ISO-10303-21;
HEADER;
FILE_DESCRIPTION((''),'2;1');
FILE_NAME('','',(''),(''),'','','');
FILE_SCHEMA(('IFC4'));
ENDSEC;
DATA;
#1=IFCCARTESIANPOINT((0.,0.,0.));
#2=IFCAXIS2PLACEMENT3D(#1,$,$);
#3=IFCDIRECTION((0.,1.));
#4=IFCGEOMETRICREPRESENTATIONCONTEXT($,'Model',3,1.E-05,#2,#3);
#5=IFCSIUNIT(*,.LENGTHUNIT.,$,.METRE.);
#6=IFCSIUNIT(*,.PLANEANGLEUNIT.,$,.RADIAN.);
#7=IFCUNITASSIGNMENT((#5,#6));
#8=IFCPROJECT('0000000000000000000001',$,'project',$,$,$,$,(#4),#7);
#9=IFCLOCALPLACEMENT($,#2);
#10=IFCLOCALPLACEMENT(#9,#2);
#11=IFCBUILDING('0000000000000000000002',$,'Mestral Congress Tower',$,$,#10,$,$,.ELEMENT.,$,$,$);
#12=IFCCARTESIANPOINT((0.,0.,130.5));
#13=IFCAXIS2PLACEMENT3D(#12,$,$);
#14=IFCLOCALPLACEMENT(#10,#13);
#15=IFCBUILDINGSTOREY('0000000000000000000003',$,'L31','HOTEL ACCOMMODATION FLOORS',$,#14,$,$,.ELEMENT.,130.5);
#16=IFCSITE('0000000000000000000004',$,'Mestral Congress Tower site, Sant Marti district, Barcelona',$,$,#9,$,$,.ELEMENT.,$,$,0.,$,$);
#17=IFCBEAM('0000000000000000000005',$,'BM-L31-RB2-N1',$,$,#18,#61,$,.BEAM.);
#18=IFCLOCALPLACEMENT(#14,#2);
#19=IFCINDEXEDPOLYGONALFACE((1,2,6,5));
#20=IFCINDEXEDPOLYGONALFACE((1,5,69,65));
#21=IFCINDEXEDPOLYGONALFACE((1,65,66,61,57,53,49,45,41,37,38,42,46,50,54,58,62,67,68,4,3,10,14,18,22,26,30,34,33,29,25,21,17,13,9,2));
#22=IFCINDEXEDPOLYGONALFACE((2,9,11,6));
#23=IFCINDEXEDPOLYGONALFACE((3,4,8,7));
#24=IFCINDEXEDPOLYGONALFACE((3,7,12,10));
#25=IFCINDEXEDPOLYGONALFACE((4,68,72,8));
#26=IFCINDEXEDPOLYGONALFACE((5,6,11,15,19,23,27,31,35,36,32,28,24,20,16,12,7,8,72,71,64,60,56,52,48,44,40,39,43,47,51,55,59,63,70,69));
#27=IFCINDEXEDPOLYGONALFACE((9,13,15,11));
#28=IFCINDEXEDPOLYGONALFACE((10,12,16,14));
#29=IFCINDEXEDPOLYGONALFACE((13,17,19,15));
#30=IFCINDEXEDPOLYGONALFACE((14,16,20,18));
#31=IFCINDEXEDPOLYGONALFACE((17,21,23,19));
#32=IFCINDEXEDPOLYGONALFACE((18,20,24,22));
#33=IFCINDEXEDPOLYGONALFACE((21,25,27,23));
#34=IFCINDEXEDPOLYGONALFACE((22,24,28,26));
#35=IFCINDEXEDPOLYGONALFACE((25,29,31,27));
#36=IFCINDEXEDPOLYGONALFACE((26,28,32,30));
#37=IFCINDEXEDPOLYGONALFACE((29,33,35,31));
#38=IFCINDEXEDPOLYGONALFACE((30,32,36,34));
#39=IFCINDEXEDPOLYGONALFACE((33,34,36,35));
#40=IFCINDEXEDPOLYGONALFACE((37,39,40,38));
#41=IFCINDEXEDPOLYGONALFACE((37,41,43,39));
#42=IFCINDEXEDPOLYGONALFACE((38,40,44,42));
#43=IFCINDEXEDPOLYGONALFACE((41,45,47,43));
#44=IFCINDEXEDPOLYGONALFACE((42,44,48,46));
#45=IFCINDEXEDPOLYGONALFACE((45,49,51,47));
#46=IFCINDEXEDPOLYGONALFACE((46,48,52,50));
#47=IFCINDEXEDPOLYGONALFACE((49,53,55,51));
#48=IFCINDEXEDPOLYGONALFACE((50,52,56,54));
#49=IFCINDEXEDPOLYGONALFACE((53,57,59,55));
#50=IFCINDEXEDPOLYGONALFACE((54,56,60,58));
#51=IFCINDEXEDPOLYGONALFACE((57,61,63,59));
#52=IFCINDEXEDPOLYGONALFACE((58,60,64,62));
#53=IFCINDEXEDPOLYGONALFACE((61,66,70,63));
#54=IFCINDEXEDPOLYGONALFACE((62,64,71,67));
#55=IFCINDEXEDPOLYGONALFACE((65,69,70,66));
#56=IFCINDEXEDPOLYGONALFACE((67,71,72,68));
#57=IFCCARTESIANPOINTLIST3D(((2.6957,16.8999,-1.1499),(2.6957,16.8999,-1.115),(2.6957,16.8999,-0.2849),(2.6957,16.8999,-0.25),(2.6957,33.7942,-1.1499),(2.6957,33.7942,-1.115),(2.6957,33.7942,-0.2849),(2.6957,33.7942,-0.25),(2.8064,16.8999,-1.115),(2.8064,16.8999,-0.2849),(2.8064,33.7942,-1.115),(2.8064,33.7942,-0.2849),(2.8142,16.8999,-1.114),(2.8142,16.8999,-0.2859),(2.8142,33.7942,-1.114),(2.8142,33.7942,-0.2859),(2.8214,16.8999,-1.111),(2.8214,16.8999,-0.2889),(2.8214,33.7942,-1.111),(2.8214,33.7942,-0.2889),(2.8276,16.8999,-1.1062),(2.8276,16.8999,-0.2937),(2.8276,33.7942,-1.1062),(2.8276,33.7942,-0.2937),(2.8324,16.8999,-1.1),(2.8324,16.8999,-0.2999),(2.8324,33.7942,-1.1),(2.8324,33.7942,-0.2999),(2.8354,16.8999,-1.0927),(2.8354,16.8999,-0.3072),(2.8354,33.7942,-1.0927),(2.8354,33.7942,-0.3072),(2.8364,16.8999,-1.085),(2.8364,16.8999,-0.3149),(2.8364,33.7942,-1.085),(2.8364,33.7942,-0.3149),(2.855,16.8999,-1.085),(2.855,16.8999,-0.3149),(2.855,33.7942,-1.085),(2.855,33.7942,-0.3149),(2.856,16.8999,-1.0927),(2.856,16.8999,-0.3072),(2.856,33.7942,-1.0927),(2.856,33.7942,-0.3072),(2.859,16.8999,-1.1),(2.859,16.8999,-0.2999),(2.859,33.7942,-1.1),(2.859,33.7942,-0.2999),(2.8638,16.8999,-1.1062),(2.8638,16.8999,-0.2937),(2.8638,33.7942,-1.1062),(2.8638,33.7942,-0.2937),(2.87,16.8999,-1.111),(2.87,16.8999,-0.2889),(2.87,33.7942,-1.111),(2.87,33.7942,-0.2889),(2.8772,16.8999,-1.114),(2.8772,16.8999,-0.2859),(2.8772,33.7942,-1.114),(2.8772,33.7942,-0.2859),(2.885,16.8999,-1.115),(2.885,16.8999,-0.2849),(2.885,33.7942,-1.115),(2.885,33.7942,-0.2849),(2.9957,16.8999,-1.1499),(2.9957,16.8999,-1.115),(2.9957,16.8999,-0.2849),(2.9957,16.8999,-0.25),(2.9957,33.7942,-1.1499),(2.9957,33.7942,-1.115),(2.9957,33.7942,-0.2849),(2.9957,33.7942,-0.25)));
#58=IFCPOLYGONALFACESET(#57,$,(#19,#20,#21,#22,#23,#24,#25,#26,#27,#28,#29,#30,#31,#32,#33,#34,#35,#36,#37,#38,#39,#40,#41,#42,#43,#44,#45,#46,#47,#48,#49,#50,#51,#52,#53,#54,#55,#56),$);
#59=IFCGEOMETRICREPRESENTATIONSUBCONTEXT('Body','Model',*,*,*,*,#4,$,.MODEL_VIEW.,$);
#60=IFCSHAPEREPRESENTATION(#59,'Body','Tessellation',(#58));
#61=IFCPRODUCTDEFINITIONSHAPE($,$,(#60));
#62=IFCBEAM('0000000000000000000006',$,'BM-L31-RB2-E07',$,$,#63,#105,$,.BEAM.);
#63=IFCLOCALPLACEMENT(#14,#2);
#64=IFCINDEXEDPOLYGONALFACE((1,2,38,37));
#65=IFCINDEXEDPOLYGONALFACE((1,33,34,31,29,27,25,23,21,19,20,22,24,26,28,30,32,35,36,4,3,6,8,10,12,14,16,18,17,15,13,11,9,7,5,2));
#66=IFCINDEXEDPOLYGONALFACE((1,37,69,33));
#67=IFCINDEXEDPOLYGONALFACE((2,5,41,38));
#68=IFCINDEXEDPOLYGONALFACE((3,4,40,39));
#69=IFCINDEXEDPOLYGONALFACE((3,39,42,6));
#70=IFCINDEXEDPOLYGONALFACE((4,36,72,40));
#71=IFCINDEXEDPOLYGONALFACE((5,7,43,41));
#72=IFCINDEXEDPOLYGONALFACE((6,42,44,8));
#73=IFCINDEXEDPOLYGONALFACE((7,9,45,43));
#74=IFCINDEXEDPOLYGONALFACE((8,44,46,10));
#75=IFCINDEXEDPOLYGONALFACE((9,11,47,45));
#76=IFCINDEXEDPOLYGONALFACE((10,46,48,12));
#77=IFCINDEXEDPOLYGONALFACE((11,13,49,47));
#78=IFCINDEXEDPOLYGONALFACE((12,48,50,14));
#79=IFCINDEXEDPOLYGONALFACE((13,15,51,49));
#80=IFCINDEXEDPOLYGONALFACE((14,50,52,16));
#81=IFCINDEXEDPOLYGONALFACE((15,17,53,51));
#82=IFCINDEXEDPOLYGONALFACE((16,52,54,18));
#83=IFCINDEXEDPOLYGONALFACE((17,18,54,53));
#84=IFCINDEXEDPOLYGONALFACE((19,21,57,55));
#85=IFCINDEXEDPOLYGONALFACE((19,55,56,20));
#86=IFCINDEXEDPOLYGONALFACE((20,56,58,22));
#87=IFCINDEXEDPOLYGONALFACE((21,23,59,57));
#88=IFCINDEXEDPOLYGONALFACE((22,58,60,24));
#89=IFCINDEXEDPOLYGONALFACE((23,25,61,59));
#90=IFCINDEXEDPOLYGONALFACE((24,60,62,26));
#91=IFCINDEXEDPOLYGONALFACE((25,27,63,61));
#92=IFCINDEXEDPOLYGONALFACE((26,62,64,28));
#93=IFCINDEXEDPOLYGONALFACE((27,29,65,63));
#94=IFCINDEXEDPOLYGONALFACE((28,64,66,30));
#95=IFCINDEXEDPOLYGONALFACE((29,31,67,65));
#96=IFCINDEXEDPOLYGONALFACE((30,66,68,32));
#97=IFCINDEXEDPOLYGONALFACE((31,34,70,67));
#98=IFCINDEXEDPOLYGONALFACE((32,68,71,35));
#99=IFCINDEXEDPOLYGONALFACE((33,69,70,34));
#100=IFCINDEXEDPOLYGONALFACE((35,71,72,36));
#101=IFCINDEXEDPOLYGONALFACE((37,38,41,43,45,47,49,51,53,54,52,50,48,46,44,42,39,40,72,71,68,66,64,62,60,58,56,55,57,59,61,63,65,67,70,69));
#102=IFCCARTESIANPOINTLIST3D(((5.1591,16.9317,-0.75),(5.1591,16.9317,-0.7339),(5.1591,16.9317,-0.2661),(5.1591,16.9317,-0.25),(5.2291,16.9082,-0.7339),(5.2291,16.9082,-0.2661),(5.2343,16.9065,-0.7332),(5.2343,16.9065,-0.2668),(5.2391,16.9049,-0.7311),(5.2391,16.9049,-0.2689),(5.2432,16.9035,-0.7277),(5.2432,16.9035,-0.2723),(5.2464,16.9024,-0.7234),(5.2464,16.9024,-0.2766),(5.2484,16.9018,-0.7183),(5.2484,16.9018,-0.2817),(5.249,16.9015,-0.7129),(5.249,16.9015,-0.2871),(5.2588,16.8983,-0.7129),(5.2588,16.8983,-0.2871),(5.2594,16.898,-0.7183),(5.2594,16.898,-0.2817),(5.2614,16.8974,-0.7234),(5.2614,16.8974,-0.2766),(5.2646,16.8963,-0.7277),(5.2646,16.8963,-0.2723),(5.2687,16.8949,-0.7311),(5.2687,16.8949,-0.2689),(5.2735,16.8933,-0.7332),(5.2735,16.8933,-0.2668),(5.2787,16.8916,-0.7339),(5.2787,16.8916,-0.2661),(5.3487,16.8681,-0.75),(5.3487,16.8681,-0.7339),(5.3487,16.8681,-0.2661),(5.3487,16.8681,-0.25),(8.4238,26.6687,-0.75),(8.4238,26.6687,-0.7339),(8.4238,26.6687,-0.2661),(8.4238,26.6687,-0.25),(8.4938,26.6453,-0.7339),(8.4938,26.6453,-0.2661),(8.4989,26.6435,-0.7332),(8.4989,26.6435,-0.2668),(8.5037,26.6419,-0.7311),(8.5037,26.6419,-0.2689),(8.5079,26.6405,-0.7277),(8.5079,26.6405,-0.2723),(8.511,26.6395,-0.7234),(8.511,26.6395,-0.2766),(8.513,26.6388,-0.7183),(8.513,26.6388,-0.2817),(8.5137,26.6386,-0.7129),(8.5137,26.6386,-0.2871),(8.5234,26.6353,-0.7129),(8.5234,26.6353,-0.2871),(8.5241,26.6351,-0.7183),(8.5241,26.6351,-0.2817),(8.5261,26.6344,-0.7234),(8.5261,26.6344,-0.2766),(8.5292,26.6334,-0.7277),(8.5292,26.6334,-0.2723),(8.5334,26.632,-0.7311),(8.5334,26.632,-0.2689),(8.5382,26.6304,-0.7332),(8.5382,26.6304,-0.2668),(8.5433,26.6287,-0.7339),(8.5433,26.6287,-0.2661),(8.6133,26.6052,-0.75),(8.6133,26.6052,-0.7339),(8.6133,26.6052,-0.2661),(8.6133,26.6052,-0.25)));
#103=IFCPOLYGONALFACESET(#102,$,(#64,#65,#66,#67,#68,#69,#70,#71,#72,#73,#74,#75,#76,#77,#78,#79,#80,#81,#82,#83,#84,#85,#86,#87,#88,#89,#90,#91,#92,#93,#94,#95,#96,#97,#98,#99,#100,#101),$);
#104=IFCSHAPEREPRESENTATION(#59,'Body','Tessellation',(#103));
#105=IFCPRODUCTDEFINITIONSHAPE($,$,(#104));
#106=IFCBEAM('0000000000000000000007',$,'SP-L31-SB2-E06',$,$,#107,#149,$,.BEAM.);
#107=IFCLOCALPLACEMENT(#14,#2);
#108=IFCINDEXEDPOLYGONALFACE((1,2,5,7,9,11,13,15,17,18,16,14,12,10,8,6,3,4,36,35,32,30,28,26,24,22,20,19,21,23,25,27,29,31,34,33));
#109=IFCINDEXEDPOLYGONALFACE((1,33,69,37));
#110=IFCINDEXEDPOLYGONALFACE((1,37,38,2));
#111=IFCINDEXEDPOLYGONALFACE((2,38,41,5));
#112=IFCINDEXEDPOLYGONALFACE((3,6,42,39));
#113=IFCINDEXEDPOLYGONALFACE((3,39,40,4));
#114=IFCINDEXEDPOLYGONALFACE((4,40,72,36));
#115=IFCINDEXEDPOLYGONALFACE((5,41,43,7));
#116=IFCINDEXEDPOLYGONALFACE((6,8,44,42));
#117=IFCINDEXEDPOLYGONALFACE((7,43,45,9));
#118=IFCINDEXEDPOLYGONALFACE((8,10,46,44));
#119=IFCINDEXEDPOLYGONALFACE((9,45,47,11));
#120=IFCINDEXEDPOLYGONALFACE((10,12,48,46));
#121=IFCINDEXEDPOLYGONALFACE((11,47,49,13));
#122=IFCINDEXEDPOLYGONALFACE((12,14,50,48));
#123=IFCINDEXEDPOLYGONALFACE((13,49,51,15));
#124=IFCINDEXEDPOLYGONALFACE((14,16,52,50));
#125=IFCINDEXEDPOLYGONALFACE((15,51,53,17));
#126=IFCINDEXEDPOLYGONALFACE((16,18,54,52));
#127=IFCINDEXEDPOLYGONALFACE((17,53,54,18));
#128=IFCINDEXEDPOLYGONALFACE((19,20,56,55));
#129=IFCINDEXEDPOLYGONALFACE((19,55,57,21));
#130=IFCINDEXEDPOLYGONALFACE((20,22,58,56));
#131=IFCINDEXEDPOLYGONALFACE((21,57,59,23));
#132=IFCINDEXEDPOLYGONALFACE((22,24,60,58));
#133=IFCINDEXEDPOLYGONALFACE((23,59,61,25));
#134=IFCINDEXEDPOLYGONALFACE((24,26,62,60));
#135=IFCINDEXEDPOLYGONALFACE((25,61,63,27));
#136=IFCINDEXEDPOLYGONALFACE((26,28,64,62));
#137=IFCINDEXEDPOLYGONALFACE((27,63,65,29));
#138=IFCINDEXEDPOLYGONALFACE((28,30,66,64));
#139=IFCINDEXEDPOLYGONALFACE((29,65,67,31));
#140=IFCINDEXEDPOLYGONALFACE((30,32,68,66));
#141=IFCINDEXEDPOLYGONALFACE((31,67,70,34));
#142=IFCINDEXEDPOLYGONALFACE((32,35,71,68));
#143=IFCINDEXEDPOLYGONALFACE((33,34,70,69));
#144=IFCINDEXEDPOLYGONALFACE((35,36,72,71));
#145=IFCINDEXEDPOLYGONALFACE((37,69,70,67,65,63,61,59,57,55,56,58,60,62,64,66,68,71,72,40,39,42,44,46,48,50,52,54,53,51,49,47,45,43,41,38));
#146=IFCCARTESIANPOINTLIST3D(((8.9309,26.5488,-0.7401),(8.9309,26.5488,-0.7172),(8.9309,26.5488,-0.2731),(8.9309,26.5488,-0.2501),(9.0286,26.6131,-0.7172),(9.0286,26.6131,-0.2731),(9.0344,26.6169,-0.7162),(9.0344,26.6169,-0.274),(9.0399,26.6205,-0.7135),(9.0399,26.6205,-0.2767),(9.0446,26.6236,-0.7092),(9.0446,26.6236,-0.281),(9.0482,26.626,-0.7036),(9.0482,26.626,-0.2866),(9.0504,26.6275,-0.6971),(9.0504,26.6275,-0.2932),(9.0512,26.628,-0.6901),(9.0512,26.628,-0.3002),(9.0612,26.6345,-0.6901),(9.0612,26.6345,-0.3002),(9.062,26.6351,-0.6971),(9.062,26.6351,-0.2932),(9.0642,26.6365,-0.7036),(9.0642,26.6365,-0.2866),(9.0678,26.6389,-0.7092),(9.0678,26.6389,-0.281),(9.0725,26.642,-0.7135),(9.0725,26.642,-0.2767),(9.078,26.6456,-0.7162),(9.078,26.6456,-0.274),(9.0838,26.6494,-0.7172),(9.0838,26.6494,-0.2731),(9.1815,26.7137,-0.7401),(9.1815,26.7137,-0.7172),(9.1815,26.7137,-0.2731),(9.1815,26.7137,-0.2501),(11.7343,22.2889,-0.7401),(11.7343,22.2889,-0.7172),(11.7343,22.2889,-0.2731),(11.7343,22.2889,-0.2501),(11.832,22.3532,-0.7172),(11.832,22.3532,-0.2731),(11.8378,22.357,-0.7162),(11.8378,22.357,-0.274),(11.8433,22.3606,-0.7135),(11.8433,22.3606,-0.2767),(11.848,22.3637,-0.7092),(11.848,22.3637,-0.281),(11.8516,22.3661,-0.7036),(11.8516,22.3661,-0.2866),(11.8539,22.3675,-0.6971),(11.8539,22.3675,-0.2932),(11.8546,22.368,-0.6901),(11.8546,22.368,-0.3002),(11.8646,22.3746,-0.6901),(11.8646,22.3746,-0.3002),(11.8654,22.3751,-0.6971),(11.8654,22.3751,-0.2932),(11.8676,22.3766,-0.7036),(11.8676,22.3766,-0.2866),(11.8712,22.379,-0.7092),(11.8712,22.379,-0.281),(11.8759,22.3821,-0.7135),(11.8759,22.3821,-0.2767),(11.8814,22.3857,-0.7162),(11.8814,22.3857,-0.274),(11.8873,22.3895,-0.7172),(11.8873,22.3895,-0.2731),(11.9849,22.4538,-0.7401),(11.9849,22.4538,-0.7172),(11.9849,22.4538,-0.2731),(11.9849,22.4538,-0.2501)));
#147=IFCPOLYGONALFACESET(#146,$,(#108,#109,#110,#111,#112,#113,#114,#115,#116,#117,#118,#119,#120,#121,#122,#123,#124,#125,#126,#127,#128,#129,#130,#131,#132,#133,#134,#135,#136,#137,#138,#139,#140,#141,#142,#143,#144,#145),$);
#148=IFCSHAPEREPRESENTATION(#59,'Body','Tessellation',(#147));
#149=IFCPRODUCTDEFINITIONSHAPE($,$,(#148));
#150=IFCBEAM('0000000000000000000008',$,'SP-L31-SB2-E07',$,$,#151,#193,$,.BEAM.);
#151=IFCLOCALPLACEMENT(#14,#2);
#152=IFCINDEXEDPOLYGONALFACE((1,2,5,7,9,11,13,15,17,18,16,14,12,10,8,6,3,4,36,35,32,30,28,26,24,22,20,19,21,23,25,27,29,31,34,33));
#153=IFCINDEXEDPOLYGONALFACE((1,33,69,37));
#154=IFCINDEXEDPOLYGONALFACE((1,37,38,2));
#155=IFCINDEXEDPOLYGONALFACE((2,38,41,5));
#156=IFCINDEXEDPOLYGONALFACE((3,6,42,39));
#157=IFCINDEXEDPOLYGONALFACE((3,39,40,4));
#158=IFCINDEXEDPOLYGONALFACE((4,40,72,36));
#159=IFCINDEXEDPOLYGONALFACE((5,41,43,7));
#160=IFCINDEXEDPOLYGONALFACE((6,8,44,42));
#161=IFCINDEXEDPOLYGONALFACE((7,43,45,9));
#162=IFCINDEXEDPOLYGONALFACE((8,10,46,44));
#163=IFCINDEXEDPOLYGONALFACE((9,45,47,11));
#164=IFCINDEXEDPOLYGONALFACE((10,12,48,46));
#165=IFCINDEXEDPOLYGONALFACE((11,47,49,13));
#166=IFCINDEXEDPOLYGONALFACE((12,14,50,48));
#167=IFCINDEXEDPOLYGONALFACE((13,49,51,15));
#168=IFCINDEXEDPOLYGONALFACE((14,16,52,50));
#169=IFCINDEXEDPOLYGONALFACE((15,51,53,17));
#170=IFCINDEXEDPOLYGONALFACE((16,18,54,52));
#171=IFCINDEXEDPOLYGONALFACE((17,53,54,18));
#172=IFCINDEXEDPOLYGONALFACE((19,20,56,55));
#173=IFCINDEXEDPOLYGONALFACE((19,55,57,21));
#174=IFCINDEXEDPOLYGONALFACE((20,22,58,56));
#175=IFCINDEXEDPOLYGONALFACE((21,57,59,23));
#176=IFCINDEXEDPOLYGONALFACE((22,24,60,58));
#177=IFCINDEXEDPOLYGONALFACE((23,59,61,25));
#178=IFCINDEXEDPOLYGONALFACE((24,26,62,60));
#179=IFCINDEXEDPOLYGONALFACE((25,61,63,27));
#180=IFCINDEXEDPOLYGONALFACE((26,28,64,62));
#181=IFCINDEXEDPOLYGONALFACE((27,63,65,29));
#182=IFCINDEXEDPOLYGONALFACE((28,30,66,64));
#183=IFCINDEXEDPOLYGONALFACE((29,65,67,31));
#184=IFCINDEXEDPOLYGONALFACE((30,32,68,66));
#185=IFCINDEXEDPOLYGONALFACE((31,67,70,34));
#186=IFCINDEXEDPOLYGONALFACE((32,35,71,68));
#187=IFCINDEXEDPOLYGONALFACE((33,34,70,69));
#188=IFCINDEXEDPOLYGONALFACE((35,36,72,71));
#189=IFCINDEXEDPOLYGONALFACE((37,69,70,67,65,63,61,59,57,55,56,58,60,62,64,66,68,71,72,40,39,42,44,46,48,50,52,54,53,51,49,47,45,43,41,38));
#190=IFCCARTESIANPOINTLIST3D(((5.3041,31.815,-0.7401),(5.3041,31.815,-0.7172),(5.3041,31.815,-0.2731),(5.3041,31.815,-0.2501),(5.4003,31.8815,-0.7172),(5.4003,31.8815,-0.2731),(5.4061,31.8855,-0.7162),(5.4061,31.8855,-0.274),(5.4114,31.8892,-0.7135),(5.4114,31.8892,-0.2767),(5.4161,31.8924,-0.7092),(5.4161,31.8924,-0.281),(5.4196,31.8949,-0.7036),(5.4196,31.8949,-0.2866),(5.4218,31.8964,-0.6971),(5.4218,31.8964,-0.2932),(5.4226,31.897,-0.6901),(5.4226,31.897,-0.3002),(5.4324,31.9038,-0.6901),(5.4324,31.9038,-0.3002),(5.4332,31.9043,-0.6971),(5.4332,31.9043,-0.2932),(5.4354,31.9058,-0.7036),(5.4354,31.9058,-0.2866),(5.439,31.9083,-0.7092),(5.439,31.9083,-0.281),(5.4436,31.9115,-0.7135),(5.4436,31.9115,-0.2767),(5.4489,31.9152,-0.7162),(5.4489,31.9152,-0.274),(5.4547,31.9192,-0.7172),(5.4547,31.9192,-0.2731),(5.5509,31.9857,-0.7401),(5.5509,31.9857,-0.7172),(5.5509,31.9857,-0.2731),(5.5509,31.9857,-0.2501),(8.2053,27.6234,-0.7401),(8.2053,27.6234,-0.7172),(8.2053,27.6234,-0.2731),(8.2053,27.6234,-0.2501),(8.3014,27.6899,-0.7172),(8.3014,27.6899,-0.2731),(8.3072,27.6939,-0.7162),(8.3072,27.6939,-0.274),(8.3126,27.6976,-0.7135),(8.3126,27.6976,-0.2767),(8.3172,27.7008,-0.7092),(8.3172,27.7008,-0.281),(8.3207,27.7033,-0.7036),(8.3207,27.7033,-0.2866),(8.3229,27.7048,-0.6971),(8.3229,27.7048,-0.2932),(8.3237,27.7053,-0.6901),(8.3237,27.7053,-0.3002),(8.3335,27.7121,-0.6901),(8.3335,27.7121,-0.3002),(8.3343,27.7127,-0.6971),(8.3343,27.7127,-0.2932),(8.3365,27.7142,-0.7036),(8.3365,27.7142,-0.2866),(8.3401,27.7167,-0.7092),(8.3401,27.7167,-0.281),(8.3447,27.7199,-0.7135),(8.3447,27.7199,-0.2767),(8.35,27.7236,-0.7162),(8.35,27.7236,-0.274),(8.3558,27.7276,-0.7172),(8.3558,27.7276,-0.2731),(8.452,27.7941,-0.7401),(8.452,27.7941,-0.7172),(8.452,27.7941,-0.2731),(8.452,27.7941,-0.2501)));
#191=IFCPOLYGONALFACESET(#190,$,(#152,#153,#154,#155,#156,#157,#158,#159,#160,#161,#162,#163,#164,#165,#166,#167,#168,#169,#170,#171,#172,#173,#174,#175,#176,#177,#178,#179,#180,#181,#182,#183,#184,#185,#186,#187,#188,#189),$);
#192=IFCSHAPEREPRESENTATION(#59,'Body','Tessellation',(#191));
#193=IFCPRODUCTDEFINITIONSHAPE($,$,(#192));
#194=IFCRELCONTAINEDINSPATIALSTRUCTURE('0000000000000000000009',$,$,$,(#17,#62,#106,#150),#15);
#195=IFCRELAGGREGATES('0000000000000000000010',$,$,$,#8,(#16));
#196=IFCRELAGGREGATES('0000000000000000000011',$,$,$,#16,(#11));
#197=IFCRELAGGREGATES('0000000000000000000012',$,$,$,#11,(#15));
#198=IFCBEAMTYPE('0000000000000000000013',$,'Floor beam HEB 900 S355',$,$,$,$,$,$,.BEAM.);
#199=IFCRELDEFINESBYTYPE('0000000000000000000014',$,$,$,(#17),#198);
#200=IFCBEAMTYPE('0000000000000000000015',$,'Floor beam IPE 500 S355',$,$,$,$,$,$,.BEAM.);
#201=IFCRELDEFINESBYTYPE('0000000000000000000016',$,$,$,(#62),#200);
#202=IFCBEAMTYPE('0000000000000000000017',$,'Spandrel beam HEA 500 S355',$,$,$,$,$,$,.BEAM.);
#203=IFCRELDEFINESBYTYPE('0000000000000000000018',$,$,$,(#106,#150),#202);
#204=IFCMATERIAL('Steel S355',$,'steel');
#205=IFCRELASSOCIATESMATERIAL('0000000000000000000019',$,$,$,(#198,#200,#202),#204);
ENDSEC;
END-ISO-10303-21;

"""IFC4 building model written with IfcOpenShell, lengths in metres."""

from ifc_helpers import new_model, si_unit, direction, frame, origin, origin_2d, place, context, subcontext, project, spatial, i_section, extrude, material, material_profile, profile_set, type_object, element, save


model = new_model("IFC4")

# Units and contexts
model_context = context("Model", 3, precision=1e-05, world=origin(), true_north=direction((0.0, 1.0)))
body_context = subcontext(model_context, "Body", "Model", "MODEL_VIEW")
ifc_project = project(units=[si_unit("LENGTHUNIT", "METRE"), si_unit("PLANEANGLEUNIT", "RADIAN")], contexts=[model_context])

# Site, building, storey
site_placement = place(None, origin())
site = spatial("IfcSite", under=ifc_project, at=site_placement, Name="Mestral Congress Tower site, Sant Marti district, Barcelona", CompositionType="ELEMENT", RefElevation=0.0)
building_placement = place(site_placement, origin())
building = spatial("IfcBuilding", under=site, at=building_placement, Name="Mestral Congress Tower", CompositionType="ELEMENT")
storey_placement = place(building_placement, frame((0.0, 0.0, 130.5)))
storey = spatial("IfcBuildingStorey", under=building, at=storey_placement, Name="L31", Description="HOTEL ACCOMMODATION FLOORS", CompositionType="ELEMENT", Elevation=130.5)

# Beams
ifc_material_1 = material(Name="Steel S355", Category="steel")
ifc_material_profile_1 = material_profile(ifc_material_1, i_section(OverallWidth=0.3, OverallDepth=0.8999, WebThickness=0.0186, FlangeThickness=0.0349, FilletRadius=0.03, at=origin_2d()), Name="HEB 900")
ifc_profile_set_1 = profile_set([ifc_material_profile_1], Name="Steel S355")
beam_type_1 = type_object("IfcBeamType", Name="Floor beam HEB 900 S355", PredefinedType="BEAM", material=ifc_profile_set_1)
beam_1_placement = place(storey_placement, frame((2.8457, 33.7942, -0.7), z_axis=(0.0, -1.0, 0.0), x_axis=(1.0, 0.0, 0.0)))
element("IfcBeam", 1, at=beam_1_placement, inside=storey, type_object=beam_type_1, Name="BM-L31-RB2-N1", PredefinedType="BEAM", context=body_context, shape_type="SweptSolid", body=[
    extrude(i_section(OverallWidth=0.3, OverallDepth=0.8999, WebThickness=0.0186, FlangeThickness=0.0349, FilletRadius=0.03, at=origin_2d()), origin(), (0.0, 0.0, 1.0), 16.8943),
])
ifc_material_profile_2 = material_profile(ifc_material_1, i_section(OverallWidth=0.2, OverallDepth=0.5, WebThickness=0.0103, FlangeThickness=0.0161, FilletRadius=0.021, at=origin_2d()), Name="IPE 500")
ifc_profile_set_2 = profile_set([ifc_material_profile_2], Name="Steel S355")
beam_type_2 = type_object("IfcBeamType", Name="Floor beam IPE 500 S355", PredefinedType="BEAM", material=ifc_profile_set_2)
beam_2_placement = place(storey_placement, frame((8.5186, 26.637, -0.5), z_axis=(-0.317889, -0.948128, 0.0), x_axis=(0.948128, -0.317889, 0.0)))
element("IfcBeam", 2, at=beam_2_placement, inside=storey, type_object=beam_type_2, Name="BM-L31-RB2-E07", PredefinedType="BEAM", context=body_context, shape_type="SweptSolid", body=[
    extrude(i_section(OverallWidth=0.2, OverallDepth=0.5, WebThickness=0.0103, FlangeThickness=0.0161, FilletRadius=0.021, at=origin_2d()), origin(), (0.0, 0.0, 1.0), 10.2698),
])
ifc_material_profile_3 = material_profile(ifc_material_1, i_section(OverallWidth=0.3, OverallDepth=0.49, WebThickness=0.012, FlangeThickness=0.0229, FilletRadius=0.0271, at=origin_2d()), Name="HEA 500")
ifc_profile_set_3 = profile_set([ifc_material_profile_3], Name="Steel S355")
beam_type_3 = type_object("IfcBeamType", Name="Spandrel beam HEA 500 S355", PredefinedType="BEAM", material=ifc_profile_set_3)
beam_3_placement = place(storey_placement, frame((11.8596, 22.3713, -0.4951), z_axis=(-0.54973, 0.835342, 0.0), x_axis=(-0.835342, -0.54973, 0.0)))
element("IfcBeam", 3, at=beam_3_placement, inside=storey, type_object=beam_type_3, Name="SP-L31-SB2-E06", PredefinedType="BEAM", context=body_context, shape_type="SweptSolid", body=[
    extrude(i_section(OverallWidth=0.3, OverallDepth=0.49, WebThickness=0.012, FlangeThickness=0.0229, FilletRadius=0.0271, at=origin_2d()), origin(), (0.0, 0.0, 1.0), 5.0996),
])
beam_4_placement = place(storey_placement, frame((8.3286, 27.7087, -0.4951), z_axis=(-0.569105, 0.822265, 0.0), x_axis=(-0.822265, -0.569105, 0.0)))
element("IfcBeam", 4, at=beam_4_placement, inside=storey, type_object=beam_type_3, Name="SP-L31-SB2-E07", PredefinedType="BEAM", context=body_context, shape_type="SweptSolid", body=[
    extrude(i_section(OverallWidth=0.3, OverallDepth=0.49, WebThickness=0.012, FlangeThickness=0.0229, FilletRadius=0.0271, at=origin_2d()), origin(), (0.0, 0.0, 1.0), 5.0977),
])

save(model, "model.ifc")
